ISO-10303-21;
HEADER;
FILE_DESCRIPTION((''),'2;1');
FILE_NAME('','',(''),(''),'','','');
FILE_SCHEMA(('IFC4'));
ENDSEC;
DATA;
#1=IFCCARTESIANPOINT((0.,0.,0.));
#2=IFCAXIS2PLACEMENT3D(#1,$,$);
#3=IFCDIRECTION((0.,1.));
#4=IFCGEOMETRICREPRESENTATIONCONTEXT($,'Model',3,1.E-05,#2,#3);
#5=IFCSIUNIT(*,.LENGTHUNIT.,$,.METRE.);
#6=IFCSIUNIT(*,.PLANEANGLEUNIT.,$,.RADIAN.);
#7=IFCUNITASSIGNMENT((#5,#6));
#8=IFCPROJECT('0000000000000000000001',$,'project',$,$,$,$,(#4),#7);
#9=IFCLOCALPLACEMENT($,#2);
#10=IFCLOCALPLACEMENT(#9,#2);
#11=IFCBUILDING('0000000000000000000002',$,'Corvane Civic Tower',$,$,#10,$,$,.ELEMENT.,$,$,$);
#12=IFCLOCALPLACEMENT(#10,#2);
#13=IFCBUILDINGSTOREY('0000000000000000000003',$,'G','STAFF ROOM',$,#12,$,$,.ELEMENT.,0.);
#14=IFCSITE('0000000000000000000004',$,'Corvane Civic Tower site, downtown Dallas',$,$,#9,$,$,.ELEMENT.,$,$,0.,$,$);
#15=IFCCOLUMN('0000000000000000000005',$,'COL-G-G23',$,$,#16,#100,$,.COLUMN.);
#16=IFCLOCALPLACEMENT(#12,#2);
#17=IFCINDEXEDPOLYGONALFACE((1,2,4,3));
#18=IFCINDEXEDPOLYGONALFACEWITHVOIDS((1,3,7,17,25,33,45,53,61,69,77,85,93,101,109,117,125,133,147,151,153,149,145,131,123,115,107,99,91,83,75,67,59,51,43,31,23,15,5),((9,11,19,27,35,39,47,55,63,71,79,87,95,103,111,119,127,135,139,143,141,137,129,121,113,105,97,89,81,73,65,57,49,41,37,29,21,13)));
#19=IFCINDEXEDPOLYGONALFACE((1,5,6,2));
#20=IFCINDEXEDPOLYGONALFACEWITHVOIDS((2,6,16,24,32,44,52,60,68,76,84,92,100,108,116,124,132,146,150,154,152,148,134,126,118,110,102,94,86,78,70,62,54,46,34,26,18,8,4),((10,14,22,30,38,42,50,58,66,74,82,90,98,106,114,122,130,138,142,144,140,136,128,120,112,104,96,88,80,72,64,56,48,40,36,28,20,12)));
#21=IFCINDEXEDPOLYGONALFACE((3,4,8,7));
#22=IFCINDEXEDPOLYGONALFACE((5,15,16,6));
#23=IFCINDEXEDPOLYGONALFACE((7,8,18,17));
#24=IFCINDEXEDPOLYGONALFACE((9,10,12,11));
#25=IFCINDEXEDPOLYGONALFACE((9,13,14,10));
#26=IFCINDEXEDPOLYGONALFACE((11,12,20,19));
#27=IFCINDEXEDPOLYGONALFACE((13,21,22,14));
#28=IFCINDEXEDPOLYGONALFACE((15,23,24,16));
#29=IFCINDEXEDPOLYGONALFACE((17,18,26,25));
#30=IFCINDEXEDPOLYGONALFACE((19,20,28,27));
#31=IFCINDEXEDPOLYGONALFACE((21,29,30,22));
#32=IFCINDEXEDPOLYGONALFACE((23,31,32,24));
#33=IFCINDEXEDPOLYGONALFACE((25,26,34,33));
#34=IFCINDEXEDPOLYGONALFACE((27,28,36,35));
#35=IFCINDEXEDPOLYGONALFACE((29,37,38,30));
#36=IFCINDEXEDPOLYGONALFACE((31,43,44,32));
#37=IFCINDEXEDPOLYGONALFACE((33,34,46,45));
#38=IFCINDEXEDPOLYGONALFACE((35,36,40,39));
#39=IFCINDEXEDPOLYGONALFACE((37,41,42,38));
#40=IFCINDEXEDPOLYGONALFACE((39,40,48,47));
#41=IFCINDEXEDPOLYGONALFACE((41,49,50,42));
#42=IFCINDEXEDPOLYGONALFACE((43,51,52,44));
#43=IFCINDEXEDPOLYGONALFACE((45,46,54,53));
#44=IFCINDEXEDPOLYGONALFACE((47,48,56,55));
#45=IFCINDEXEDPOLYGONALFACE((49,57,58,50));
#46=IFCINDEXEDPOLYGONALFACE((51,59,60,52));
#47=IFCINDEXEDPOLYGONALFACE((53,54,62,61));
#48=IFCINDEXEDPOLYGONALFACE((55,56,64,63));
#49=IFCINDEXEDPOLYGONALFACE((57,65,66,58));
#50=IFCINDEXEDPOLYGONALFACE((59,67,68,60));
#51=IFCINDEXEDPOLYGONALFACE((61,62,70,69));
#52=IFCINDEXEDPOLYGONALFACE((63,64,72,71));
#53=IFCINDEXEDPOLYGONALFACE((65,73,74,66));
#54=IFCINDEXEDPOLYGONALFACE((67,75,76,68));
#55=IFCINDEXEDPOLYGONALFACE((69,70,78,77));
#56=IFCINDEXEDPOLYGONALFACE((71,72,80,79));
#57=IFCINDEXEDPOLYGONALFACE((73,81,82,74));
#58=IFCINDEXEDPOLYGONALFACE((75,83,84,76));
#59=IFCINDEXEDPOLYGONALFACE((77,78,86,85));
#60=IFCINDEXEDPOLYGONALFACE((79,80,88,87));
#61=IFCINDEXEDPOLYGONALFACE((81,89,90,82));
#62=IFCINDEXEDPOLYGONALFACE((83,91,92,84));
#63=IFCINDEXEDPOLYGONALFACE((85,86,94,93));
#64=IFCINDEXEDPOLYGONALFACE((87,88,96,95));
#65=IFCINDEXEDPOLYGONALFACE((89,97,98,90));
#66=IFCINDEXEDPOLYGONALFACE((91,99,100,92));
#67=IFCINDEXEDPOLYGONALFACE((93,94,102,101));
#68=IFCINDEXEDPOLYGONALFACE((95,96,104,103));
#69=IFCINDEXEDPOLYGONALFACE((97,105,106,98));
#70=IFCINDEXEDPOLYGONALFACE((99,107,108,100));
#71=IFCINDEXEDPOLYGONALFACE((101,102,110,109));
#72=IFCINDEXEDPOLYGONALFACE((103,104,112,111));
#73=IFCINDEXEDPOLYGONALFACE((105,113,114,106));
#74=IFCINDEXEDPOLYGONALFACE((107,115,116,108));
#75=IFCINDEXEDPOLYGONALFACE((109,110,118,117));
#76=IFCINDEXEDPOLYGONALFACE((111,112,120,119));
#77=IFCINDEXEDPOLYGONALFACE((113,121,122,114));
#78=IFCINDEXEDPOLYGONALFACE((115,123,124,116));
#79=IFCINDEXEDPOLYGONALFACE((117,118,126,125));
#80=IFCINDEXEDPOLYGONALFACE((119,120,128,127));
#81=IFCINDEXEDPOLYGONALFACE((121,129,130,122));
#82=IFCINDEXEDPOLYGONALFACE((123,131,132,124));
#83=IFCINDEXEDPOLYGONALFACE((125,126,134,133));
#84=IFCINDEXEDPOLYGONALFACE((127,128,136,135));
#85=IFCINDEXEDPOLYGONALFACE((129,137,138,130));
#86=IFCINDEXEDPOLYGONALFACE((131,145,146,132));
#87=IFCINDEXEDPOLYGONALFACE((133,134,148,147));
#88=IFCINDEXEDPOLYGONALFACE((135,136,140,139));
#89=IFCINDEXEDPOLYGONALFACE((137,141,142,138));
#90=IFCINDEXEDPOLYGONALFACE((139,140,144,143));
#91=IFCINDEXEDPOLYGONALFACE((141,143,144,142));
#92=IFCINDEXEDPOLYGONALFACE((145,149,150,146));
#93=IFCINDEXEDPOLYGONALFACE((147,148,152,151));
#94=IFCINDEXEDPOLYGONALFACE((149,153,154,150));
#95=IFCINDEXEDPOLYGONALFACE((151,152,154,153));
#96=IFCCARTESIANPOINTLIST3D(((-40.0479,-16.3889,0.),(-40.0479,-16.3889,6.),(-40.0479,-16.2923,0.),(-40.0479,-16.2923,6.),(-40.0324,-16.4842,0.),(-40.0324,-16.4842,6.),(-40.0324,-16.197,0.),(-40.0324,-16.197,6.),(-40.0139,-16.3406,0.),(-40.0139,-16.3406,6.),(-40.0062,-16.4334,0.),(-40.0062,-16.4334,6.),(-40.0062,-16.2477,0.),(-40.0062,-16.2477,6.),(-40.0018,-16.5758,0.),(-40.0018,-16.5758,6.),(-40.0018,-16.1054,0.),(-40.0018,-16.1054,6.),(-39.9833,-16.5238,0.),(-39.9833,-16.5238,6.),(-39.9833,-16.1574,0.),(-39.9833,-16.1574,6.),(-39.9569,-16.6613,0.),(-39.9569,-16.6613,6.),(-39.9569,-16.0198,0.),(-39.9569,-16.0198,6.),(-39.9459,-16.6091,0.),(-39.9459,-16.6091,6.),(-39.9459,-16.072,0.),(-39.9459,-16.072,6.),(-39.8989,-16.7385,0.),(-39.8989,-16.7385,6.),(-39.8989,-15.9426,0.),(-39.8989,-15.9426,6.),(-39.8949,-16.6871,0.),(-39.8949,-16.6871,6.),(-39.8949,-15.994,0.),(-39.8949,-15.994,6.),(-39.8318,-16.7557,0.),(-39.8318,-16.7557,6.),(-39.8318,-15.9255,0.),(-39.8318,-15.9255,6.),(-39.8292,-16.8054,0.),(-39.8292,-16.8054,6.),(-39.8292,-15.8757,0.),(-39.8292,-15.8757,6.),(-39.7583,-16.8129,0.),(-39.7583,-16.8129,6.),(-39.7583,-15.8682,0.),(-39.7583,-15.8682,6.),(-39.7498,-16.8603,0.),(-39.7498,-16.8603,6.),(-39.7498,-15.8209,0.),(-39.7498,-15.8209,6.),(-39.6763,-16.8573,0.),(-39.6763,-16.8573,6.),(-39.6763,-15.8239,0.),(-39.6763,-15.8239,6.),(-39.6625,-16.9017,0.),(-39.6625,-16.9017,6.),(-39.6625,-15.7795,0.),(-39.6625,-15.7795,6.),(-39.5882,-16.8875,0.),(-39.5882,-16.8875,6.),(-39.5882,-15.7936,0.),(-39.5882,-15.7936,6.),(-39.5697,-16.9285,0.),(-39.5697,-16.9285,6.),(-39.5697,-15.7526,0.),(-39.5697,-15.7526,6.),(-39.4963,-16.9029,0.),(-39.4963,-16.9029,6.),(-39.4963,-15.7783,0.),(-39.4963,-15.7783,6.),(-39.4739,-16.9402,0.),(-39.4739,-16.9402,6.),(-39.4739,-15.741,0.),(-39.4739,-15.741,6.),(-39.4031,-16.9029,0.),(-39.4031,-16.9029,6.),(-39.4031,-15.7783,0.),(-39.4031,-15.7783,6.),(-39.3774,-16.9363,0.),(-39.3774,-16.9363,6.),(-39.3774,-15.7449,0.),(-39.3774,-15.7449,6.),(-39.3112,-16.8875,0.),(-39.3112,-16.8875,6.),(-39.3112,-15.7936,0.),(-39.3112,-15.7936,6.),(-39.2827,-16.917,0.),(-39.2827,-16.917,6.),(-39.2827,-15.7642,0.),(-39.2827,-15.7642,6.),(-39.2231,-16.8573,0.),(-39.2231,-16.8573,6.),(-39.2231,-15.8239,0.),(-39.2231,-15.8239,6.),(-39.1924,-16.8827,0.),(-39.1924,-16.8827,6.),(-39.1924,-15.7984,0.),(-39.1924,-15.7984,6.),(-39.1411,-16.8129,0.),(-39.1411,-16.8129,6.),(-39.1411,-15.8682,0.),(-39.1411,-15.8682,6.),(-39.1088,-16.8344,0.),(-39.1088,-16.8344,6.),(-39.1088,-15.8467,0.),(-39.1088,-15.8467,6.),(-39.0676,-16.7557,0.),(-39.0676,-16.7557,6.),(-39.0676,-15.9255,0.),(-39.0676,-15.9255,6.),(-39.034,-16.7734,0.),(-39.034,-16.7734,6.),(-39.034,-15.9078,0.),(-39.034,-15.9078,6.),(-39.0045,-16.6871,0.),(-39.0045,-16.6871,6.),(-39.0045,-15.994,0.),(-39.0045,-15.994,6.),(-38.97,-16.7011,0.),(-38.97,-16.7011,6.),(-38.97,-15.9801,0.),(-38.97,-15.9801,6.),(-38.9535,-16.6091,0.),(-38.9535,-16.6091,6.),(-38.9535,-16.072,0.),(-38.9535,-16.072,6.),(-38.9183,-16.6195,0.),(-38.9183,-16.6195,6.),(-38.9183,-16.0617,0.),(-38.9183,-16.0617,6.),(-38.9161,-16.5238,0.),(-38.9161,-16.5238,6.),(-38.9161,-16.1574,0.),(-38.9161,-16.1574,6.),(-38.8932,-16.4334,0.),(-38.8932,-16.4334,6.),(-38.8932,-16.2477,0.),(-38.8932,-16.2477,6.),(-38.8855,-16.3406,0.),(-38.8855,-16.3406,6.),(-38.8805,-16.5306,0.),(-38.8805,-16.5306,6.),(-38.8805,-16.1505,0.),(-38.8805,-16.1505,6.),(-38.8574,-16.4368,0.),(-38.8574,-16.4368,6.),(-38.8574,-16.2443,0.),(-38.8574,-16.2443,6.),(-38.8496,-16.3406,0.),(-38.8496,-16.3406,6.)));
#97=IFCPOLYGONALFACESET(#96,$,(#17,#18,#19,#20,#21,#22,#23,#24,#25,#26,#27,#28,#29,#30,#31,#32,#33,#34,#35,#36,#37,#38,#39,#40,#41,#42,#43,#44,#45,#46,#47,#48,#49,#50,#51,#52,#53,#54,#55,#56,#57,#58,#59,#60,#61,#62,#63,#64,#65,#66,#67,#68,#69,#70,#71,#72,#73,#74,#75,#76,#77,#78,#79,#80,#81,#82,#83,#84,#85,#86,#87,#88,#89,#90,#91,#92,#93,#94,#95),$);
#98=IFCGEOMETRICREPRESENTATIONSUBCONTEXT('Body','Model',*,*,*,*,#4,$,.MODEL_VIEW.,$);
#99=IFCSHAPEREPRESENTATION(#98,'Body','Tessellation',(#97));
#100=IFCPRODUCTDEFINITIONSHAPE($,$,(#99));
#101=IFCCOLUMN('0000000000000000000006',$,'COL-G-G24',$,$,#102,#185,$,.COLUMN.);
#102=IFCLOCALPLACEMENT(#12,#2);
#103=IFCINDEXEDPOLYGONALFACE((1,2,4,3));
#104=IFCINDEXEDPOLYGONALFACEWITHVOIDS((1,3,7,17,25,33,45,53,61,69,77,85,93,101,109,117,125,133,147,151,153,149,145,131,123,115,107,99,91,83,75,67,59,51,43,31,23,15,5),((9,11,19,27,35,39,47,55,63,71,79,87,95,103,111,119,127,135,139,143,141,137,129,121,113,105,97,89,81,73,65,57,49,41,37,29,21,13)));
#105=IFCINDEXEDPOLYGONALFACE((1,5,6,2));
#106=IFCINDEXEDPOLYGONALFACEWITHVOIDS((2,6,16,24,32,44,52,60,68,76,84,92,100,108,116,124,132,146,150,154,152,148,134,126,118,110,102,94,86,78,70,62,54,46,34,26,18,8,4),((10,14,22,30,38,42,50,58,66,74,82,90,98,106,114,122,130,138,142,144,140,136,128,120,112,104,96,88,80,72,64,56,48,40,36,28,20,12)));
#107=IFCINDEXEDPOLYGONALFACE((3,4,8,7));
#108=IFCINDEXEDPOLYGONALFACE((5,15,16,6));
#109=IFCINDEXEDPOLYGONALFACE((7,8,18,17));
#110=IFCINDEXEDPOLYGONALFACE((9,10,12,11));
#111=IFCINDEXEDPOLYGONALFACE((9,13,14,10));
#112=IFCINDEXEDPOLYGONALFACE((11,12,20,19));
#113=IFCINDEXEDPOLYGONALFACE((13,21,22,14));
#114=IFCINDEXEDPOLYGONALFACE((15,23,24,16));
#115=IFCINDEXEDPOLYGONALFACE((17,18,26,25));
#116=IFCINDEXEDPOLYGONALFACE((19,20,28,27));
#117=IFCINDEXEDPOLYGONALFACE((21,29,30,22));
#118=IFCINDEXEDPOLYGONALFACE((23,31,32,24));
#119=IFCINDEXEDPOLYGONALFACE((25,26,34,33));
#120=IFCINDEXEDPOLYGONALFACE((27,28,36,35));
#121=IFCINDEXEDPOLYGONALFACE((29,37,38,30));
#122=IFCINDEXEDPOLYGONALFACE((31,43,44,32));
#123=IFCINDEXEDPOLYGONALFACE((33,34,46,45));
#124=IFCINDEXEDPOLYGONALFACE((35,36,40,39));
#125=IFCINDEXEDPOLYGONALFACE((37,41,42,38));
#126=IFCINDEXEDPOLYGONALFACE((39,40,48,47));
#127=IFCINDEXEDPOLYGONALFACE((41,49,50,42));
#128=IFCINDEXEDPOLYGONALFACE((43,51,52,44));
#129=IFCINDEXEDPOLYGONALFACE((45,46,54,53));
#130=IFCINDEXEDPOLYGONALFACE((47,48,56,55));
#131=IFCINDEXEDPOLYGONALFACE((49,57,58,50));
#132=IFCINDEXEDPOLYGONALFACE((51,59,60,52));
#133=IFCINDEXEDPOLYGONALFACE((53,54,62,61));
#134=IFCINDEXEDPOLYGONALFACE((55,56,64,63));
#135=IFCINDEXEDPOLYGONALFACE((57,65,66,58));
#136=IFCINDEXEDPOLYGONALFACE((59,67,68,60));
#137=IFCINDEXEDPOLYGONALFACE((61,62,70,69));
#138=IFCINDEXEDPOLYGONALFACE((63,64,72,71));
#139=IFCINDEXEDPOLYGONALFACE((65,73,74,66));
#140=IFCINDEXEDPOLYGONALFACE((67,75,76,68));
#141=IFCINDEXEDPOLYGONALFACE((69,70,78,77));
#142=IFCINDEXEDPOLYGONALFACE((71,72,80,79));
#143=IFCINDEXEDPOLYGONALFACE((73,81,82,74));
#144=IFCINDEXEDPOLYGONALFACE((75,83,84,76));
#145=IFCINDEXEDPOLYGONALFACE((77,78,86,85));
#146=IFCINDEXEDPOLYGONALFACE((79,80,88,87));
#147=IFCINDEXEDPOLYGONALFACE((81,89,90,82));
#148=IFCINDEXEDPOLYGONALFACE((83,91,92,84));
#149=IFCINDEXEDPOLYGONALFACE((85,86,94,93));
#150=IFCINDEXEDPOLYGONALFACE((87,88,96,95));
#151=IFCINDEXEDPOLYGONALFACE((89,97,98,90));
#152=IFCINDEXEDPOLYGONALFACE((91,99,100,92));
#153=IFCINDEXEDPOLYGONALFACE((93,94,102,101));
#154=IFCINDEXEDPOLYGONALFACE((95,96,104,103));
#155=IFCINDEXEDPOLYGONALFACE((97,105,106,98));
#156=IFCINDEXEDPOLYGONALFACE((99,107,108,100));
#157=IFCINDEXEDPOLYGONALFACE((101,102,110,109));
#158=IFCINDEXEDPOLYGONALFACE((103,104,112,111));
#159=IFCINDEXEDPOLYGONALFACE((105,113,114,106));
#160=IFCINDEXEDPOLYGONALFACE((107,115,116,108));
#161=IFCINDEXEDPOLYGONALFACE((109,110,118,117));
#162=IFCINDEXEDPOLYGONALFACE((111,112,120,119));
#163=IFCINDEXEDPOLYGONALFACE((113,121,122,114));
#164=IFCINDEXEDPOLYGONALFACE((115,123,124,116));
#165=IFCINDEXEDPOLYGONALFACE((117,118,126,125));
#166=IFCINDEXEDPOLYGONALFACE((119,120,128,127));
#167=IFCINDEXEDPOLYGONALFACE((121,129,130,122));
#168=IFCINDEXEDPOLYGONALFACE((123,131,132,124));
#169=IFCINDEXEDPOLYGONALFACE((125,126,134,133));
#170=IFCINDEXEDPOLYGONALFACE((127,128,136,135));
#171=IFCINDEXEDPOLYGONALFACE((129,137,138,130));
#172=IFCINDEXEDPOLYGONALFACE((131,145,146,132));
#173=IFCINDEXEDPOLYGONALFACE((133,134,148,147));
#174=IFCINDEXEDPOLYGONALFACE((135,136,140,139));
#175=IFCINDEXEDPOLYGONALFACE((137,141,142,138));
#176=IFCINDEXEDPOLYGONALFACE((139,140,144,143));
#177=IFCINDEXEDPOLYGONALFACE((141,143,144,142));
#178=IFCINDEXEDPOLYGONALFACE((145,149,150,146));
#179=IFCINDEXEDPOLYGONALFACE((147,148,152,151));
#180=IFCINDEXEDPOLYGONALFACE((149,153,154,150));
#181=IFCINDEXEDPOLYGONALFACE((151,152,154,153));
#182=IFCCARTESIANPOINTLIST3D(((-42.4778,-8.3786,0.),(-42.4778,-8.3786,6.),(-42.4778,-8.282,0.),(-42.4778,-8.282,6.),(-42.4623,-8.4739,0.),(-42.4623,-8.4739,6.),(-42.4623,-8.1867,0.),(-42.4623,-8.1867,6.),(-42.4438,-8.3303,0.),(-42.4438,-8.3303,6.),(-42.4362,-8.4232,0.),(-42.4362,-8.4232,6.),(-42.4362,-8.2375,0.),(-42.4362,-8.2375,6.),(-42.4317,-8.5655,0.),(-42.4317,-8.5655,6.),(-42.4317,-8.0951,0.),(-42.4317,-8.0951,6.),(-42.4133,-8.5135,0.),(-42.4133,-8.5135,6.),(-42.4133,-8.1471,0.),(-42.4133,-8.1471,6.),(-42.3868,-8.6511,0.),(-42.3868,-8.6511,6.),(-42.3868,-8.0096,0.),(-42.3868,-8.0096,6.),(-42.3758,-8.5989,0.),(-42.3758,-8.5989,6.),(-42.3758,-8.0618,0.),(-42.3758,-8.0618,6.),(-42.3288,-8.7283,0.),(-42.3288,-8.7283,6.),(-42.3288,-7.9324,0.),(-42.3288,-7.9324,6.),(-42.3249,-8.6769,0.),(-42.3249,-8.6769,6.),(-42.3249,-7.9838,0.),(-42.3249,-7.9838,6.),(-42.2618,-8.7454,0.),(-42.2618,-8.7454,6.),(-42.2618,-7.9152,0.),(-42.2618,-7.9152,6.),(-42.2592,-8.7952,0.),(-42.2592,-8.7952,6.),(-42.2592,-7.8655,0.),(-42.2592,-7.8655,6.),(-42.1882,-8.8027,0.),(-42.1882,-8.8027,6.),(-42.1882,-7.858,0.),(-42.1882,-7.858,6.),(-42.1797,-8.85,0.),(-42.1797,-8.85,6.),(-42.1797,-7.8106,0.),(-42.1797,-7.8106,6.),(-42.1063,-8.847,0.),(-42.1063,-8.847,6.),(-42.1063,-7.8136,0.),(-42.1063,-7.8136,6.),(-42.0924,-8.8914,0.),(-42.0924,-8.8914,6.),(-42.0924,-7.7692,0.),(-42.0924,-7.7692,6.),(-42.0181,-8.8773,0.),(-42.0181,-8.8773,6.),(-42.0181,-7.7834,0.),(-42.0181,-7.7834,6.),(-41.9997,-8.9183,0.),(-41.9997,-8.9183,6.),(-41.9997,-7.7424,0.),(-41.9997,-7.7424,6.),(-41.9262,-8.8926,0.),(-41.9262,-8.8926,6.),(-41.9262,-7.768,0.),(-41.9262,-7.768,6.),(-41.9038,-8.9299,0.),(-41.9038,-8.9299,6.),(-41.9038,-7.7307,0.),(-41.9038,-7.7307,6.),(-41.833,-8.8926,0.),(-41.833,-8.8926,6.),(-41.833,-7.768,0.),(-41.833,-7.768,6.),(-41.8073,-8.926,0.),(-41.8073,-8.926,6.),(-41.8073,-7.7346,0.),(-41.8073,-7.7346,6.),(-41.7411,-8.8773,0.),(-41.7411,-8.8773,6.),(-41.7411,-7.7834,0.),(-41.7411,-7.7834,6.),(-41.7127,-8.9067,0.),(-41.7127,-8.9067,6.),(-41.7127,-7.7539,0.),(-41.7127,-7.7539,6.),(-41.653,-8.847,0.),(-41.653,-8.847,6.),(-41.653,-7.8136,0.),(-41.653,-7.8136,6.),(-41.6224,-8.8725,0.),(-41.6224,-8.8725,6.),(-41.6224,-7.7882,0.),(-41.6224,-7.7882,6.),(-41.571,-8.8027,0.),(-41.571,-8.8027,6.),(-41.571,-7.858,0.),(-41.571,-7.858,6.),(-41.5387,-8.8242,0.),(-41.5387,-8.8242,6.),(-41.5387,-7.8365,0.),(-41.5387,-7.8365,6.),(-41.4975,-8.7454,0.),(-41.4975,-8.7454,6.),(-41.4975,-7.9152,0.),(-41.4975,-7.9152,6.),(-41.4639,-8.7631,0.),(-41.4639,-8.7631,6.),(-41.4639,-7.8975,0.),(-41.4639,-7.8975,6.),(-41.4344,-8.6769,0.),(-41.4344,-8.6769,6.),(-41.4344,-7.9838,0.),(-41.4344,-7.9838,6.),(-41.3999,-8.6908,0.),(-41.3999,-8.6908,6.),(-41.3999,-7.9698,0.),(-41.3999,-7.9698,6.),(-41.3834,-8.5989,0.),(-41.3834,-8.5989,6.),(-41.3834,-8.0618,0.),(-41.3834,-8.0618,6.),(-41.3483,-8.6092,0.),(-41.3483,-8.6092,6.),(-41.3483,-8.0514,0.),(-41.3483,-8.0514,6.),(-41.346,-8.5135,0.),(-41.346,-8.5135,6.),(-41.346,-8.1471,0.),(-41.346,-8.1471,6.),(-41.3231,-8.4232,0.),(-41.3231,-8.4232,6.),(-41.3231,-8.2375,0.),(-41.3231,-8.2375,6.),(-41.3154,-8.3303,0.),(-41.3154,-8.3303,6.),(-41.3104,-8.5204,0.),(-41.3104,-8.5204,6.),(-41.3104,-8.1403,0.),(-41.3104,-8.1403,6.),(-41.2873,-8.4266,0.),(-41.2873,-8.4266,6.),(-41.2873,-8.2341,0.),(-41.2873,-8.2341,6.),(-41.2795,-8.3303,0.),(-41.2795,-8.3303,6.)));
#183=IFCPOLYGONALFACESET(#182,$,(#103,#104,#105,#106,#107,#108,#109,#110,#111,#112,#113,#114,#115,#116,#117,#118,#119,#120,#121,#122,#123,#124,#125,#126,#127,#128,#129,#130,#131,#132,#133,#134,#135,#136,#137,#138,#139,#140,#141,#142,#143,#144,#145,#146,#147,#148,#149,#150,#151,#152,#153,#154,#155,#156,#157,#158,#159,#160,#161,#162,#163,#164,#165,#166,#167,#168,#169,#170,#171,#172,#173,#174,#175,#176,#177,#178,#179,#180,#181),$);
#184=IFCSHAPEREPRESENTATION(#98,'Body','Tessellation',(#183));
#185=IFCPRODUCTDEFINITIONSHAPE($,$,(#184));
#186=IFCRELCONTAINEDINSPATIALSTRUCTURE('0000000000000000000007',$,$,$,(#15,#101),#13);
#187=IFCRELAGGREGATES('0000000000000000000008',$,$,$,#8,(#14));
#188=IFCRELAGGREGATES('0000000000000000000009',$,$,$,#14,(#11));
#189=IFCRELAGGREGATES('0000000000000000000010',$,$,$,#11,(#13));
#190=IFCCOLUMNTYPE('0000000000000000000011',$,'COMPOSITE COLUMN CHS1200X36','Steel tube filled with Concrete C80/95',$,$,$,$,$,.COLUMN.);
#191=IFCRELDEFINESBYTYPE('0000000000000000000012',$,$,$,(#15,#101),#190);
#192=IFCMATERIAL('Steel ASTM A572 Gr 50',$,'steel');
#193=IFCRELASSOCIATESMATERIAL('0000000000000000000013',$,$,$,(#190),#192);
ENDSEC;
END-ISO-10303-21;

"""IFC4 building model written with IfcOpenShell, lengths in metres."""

from ifc_helpers import new_model, si_unit, direction, frame, origin, origin_2d, place, context, subcontext, project, spatial, hollow_circle, extrude, material, material_profile, profile_set, type_object, element, save


model = new_model("IFC4")

# Units and contexts
model_context = context("Model", 3, precision=1e-05, world=origin(), true_north=direction((0.0, 1.0)))
body_context = subcontext(model_context, "Body", "Model", "MODEL_VIEW")
ifc_project = project(units=[si_unit("LENGTHUNIT", "METRE"), si_unit("PLANEANGLEUNIT", "RADIAN")], contexts=[model_context])

# Site, building, storey
site_placement = place(None, origin())
site = spatial("IfcSite", under=ifc_project, at=site_placement, Name="Corvane Civic Tower site, downtown Dallas", CompositionType="ELEMENT", RefElevation=0.0)
building_placement = place(site_placement, origin())
building = spatial("IfcBuilding", under=site, at=building_placement, Name="Corvane Civic Tower", CompositionType="ELEMENT")
storey_placement = place(building_placement, origin())
storey = spatial("IfcBuildingStorey", under=building, at=storey_placement, Name="G", Description="STAFF ROOM", CompositionType="ELEMENT", Elevation=0.0)

# Columns
ifc_material_1 = material(Name="Steel ASTM A572 Gr 50", Category="steel")
ifc_material_profile_1 = material_profile(ifc_material_1, hollow_circle(Radius=0.6001, WallThickness=0.0359, at=origin_2d()), Name="CHS1200X36")
ifc_profile_set_1 = profile_set([ifc_material_profile_1], Name="Steel ASTM A572 Gr 50")
column_type_1 = type_object("IfcColumnType", Name="COMPOSITE COLUMN CHS1200X36", Description="Steel tube filled with Concrete C80/95", PredefinedType="COLUMN", material=ifc_profile_set_1)
for number, where, z_axis, x_axis, name in (
    (1, (-39.4497, -16.3406, 0.0), (0.0, 0.0, 1.0), (1.0, 0.0, 0.0), "COL-G-G23"),
    (2, (-41.8796, -8.3303, 0.0), (0.0, 0.0, 1.0), (1.0, 0.0, 0.0), "COL-G-G24"),
):
    element("IfcColumn", number, at=place(storey_placement, frame(where, z_axis=z_axis, x_axis=x_axis)), inside=storey, type_object=column_type_1, Name=name, PredefinedType="COLUMN", context=body_context, shape_type="SweptSolid", body=[
        extrude(hollow_circle(Radius=0.6001, WallThickness=0.0359, at=origin_2d()), origin(), (0.0, 0.0, 1.0), 6.0),
    ])

save(model, "model.ifc")
